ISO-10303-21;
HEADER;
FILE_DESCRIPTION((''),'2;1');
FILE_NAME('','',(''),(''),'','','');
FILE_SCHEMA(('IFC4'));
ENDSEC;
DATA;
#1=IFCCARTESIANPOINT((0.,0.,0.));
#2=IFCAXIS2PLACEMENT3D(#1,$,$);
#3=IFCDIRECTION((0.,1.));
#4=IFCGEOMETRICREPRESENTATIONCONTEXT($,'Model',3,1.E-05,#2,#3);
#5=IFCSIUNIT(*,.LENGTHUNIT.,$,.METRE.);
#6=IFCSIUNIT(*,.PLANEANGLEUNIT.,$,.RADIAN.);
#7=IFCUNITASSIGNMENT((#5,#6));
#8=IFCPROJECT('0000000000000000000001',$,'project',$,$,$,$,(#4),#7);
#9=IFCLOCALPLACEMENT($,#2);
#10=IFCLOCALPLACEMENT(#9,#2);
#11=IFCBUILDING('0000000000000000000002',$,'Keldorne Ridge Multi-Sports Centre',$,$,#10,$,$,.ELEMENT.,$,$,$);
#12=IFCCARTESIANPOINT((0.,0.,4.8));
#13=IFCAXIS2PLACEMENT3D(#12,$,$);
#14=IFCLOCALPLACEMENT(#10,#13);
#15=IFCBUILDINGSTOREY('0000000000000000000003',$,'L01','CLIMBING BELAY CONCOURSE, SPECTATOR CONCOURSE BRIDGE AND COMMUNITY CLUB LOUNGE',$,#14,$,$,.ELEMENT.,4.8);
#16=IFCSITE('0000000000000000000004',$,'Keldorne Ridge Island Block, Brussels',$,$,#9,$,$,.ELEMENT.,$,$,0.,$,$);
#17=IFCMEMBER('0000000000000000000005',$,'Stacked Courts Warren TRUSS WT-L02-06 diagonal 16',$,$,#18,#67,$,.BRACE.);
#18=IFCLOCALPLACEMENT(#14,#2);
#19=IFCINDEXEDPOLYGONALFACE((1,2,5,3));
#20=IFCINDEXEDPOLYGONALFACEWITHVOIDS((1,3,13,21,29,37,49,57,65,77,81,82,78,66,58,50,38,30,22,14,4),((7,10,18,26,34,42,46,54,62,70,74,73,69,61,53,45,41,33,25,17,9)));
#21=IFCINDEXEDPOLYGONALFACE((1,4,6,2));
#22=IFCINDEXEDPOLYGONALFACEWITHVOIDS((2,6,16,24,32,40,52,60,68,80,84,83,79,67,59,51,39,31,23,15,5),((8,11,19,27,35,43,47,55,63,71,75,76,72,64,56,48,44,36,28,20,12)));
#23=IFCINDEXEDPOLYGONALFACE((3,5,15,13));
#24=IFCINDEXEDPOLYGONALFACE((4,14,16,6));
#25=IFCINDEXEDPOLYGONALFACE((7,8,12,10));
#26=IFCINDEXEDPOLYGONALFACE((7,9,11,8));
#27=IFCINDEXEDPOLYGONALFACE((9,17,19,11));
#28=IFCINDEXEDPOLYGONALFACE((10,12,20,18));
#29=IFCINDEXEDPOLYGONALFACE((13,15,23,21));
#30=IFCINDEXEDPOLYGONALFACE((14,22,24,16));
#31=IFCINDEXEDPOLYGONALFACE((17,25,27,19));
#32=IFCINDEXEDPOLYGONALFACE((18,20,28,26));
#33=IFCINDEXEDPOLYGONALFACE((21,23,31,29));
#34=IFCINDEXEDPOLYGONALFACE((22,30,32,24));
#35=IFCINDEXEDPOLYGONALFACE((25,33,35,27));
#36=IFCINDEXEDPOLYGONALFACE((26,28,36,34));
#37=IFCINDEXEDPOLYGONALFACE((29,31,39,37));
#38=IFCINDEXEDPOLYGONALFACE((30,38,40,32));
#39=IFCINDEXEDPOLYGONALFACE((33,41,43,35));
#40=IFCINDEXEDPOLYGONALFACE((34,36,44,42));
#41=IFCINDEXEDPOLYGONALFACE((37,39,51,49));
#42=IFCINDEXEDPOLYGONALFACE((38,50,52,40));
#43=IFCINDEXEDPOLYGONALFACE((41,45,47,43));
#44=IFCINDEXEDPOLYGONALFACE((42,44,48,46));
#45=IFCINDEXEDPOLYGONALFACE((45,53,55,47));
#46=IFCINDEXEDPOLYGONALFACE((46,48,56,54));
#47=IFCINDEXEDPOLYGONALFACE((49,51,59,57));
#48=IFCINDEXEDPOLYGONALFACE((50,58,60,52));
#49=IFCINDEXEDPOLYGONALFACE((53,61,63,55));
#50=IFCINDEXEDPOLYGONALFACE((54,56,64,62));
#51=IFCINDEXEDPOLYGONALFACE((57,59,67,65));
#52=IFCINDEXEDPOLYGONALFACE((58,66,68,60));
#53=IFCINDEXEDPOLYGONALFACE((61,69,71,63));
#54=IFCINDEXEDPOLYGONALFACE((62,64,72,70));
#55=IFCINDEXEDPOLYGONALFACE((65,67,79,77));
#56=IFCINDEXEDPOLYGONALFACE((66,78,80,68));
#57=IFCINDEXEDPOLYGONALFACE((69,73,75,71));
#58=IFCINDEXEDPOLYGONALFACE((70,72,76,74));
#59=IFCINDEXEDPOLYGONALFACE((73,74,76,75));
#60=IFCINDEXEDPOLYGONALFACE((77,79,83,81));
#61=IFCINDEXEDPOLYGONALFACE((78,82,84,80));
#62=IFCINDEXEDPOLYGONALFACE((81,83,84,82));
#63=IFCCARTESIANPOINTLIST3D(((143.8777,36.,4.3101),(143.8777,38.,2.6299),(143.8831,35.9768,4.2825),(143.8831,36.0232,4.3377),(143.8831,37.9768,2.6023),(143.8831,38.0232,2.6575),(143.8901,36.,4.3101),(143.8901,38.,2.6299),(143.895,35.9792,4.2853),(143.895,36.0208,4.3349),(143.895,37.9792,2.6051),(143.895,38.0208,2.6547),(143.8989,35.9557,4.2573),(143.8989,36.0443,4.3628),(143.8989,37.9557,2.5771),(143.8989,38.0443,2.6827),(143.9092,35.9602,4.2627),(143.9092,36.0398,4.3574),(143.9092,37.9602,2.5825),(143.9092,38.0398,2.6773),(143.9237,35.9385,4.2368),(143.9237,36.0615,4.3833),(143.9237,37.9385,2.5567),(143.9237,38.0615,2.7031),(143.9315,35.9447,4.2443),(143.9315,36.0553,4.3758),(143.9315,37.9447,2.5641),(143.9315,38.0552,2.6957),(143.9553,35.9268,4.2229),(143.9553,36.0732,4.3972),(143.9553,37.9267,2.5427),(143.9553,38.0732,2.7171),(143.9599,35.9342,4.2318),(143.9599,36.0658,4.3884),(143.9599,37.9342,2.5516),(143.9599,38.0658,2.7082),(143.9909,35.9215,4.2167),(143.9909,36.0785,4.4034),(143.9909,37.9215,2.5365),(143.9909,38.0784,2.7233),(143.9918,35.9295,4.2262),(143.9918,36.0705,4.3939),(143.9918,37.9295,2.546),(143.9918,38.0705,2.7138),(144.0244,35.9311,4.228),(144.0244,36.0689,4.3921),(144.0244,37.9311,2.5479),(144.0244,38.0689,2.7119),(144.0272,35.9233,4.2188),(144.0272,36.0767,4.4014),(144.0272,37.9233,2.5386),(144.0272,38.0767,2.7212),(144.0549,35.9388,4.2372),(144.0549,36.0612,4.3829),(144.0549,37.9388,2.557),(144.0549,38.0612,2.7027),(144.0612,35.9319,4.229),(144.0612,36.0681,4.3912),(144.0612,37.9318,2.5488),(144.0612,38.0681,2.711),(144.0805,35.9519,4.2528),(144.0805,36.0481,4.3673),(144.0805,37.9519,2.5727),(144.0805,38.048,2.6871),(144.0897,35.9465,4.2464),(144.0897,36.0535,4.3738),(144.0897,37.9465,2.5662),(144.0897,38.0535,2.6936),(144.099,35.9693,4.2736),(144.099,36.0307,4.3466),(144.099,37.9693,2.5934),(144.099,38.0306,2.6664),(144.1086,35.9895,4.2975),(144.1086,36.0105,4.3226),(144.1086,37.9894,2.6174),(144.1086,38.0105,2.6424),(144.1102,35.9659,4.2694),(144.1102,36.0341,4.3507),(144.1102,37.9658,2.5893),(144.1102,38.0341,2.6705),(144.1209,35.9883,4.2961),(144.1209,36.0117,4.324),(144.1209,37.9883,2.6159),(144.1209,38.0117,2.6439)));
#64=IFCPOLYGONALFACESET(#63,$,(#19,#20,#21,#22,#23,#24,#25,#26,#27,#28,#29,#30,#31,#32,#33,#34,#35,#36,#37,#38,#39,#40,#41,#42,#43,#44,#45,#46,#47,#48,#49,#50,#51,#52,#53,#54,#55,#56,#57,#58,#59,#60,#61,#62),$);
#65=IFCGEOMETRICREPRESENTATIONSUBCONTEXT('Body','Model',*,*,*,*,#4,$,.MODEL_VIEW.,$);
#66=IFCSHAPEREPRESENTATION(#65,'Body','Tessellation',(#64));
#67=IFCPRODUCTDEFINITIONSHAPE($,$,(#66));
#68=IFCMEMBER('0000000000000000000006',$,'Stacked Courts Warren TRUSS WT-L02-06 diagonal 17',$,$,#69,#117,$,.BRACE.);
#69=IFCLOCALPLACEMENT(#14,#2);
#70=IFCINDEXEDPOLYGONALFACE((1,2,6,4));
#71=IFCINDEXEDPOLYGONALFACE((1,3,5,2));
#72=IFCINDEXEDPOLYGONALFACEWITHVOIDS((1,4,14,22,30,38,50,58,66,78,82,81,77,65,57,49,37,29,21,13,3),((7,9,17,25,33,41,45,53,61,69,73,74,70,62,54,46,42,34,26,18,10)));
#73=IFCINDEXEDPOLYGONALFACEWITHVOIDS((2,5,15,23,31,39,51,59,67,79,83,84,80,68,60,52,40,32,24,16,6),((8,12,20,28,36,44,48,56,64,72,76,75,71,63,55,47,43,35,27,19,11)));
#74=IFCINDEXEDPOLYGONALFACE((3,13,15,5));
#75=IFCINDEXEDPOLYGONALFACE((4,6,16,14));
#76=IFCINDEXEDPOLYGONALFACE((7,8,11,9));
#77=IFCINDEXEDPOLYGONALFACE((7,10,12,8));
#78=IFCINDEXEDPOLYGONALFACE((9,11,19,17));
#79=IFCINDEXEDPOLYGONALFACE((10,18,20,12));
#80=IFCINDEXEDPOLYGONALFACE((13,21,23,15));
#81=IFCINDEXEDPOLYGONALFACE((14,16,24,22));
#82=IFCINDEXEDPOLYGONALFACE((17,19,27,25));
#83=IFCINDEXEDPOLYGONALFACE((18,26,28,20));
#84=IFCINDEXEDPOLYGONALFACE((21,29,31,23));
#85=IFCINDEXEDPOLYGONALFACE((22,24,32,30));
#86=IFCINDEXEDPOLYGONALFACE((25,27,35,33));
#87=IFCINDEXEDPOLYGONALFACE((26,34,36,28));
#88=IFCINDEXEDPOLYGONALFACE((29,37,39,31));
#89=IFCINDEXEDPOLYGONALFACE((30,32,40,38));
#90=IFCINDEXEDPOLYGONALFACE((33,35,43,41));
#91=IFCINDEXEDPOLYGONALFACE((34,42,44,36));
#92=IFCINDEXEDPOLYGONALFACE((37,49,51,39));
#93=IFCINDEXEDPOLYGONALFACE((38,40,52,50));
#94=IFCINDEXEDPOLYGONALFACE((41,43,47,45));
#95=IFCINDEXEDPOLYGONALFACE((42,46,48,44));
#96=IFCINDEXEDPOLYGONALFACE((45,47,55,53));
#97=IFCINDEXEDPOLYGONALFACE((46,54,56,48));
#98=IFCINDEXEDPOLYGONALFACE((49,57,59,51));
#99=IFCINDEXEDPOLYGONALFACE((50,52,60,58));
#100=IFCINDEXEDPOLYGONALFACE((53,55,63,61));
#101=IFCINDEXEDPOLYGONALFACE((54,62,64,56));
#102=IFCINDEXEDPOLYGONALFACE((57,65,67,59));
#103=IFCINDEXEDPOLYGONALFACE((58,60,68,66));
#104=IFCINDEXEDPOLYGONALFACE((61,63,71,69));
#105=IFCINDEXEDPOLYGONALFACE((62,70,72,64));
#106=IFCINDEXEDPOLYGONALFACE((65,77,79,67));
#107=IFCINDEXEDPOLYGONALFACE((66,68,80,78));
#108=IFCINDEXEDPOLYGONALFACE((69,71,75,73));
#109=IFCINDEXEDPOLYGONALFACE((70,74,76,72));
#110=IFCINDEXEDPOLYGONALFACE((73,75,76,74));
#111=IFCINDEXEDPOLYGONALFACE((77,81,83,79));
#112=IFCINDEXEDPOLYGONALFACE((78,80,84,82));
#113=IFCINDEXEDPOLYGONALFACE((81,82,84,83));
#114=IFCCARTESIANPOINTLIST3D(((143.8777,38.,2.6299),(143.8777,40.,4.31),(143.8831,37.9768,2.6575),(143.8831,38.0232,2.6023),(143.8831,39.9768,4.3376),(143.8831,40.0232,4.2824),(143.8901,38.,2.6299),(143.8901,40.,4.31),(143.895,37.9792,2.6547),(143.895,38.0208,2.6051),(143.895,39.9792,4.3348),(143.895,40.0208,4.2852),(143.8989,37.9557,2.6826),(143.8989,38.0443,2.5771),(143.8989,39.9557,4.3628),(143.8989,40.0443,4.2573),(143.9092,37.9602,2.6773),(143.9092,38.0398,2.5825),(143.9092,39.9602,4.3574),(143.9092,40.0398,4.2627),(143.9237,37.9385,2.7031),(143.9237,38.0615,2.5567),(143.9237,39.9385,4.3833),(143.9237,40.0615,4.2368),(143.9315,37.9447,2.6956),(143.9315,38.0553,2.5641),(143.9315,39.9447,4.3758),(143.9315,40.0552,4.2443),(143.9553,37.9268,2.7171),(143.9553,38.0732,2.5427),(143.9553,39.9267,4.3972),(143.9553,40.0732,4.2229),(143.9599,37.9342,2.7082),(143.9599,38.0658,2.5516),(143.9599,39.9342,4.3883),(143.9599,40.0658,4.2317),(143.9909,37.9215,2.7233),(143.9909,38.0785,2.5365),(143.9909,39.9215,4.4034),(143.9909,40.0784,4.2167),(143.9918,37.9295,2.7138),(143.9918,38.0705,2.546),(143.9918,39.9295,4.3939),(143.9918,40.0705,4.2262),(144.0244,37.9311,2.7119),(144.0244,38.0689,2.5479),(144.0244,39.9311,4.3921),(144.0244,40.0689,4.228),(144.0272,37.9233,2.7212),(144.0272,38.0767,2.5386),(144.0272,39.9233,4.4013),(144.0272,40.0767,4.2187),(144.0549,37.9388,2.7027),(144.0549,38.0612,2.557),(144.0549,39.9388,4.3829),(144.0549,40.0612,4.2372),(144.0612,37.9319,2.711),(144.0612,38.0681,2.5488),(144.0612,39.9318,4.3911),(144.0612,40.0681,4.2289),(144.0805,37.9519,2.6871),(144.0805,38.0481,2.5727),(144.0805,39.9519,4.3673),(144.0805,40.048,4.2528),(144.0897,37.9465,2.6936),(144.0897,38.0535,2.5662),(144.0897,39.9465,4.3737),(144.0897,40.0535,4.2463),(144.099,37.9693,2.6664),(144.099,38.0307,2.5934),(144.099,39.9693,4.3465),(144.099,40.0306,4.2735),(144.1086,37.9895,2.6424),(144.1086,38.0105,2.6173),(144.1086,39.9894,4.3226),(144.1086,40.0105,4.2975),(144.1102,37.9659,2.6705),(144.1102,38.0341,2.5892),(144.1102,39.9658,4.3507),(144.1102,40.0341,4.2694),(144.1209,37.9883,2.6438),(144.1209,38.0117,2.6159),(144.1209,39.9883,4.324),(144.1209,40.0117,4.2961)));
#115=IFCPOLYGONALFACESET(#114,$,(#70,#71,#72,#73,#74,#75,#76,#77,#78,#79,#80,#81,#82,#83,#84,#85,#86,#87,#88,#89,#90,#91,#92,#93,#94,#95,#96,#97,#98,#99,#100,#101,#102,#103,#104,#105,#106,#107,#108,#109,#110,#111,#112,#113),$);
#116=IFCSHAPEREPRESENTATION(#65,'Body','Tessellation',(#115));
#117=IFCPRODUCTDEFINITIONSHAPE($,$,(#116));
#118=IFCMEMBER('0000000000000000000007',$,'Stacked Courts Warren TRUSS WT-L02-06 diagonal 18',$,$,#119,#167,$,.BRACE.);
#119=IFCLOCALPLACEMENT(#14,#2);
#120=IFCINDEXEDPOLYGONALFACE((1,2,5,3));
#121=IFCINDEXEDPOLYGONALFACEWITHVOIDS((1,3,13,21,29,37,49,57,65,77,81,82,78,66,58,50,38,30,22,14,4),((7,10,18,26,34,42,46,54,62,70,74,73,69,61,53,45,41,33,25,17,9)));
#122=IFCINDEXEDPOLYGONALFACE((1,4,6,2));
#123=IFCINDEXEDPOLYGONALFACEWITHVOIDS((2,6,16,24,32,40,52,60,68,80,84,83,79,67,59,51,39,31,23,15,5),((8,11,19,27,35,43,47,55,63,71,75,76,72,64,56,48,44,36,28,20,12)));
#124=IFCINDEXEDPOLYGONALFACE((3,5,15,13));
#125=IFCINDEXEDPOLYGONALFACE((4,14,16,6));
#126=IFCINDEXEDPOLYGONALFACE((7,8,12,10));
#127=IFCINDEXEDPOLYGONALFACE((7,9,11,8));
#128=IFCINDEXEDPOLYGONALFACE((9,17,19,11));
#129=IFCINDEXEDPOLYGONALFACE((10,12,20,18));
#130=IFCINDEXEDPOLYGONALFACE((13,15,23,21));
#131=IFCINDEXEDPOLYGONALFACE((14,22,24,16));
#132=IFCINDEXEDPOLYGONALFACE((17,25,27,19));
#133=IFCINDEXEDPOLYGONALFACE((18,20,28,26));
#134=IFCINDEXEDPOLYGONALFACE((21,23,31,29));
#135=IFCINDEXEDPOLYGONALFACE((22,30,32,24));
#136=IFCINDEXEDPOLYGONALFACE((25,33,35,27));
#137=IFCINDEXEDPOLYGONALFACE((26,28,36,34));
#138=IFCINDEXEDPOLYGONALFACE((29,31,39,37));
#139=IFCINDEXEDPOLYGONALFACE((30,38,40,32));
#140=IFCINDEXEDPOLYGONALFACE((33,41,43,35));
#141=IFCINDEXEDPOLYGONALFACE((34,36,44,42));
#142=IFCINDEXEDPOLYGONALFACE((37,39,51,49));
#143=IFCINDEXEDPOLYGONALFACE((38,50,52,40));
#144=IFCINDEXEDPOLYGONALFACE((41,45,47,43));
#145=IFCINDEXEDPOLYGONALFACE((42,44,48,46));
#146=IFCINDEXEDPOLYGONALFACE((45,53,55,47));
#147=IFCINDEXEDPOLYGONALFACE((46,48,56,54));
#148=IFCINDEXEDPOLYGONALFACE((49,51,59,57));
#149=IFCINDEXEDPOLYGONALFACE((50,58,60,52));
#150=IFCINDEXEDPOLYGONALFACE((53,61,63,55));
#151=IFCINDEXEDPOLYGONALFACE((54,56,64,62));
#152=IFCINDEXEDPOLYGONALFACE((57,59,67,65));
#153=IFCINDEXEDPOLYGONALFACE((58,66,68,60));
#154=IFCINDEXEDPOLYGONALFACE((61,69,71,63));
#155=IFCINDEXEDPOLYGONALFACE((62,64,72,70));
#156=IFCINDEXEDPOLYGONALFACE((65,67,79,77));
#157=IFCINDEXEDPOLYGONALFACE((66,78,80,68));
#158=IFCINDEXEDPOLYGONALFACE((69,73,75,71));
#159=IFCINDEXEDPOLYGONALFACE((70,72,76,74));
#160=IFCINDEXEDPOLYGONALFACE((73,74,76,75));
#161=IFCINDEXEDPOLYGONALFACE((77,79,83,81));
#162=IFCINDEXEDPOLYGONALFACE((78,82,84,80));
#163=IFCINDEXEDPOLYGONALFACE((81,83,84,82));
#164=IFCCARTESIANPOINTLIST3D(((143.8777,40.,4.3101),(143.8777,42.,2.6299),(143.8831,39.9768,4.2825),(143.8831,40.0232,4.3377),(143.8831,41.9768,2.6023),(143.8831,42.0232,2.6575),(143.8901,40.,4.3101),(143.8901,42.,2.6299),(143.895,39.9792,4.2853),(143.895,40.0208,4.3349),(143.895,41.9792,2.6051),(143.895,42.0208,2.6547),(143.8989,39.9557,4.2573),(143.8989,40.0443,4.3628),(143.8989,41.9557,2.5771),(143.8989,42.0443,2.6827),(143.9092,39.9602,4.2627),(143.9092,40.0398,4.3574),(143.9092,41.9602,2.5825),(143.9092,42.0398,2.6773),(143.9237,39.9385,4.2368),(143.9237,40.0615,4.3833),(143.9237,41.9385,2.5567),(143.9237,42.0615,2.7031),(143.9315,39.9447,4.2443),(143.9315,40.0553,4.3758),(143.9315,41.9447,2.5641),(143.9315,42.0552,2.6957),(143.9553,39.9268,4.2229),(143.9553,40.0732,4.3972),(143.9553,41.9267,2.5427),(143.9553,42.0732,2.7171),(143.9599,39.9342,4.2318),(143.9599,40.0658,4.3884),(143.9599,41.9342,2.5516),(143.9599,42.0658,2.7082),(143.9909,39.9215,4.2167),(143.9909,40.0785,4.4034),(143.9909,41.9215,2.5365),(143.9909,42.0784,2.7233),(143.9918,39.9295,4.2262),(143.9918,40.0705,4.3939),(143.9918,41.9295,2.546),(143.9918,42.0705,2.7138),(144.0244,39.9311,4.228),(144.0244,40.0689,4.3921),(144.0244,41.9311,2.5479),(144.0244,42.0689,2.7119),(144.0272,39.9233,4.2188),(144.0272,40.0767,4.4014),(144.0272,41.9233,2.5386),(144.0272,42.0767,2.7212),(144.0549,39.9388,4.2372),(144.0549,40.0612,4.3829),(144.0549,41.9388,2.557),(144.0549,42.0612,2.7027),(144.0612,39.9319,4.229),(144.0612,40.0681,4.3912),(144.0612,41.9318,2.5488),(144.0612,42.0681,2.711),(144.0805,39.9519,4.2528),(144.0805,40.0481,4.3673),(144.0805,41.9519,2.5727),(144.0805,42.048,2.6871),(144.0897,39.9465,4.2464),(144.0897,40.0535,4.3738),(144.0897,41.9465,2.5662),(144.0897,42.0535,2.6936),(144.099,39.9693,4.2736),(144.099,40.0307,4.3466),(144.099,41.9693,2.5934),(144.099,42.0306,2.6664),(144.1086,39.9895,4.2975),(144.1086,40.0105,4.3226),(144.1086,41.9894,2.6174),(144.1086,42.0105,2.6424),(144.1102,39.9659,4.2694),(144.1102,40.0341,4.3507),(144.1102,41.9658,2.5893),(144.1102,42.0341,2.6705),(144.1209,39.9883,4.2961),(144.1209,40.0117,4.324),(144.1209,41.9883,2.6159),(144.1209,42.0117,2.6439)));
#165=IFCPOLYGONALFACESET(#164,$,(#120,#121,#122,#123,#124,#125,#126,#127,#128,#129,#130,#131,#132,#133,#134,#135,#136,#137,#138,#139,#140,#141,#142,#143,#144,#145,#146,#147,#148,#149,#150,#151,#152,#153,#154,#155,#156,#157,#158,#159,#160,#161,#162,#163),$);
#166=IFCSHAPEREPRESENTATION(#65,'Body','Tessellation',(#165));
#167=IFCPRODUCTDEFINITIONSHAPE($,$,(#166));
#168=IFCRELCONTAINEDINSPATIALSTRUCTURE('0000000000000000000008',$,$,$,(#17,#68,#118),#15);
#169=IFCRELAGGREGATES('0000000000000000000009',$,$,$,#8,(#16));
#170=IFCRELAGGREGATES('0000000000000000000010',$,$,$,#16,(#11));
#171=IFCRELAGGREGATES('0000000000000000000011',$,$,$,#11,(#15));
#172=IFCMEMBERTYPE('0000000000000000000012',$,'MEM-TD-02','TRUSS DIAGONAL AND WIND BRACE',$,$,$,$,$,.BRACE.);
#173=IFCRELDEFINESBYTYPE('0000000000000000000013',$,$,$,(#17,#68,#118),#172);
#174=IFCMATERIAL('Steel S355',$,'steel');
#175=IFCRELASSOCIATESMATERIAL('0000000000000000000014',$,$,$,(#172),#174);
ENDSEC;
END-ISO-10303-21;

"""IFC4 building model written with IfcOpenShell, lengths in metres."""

from ifc_helpers import new_model, si_unit, direction, frame, origin, origin_2d, place, context, subcontext, project, spatial, hollow_circle, extrude, material, material_profile, profile_set, type_object, element, save


model = new_model("IFC4")

# Units and contexts
model_context = context("Model", 3, precision=1e-05, world=origin(), true_north=direction((0.0, 1.0)))
body_context = subcontext(model_context, "Body", "Model", "MODEL_VIEW")
ifc_project = project(units=[si_unit("LENGTHUNIT", "METRE"), si_unit("PLANEANGLEUNIT", "RADIAN")], contexts=[model_context])

# Site, building, storey
site_placement = place(None, origin())
site = spatial("IfcSite", under=ifc_project, at=site_placement, Name="Keldorne Ridge Island Block, Brussels", CompositionType="ELEMENT", RefElevation=0.0)
building_placement = place(site_placement, origin())
building = spatial("IfcBuilding", under=site, at=building_placement, Name="Keldorne Ridge Multi-Sports Centre", CompositionType="ELEMENT")
storey_placement = place(building_placement, frame((0.0, 0.0, 4.8)))
storey = spatial("IfcBuildingStorey", under=building, at=storey_placement, Name="L01", Description="CLIMBING BELAY CONCOURSE, SPECTATOR CONCOURSE BRIDGE AND COMMUNITY CLUB LOUNGE", CompositionType="ELEMENT", Elevation=4.8)

# Members
ifc_material = material(Name="Steel S355", Category="steel")
ifc_material_profile_1 = material_profile(ifc_material, hollow_circle(Radius=0.1223, WallThickness=0.0125, at=origin_2d()), Name="CHS 244.5x12.5")
ifc_profile_set_1 = profile_set([ifc_material_profile_1], Name="Steel S355")
member_type_1 = type_object("IfcMemberType", Name="MEM-TD-02", Description="TRUSS DIAGONAL AND WIND BRACE", PredefinedType="BRACE", material=ifc_profile_set_1)
for number, where, z_axis, x_axis, name in (
    (1, (144.0, 36.0, 4.3101), (0.0, 0.765672, -0.643232), (-1.0, 0.0, 0.0), "Stacked Courts Warren TRUSS WT-L02-06 diagonal 16"),
    (2, (144.0, 38.0, 2.6299), (0.0, 0.765672, 0.643232), (-1.0, 0.0, 0.0), "Stacked Courts Warren TRUSS WT-L02-06 diagonal 17"),
    (3, (144.0, 40.0, 4.3101), (0.0, 0.765672, -0.643232), (-1.0, 0.0, 0.0), "Stacked Courts Warren TRUSS WT-L02-06 diagonal 18"),
):
    element("IfcMember", number, at=place(storey_placement, frame(where, z_axis=z_axis, x_axis=x_axis)), inside=storey, type_object=member_type_1, Name=name, PredefinedType="BRACE", context=body_context, shape_type="SweptSolid", body=[
        extrude(hollow_circle(Radius=0.1223, WallThickness=0.0125, at=origin_2d()), origin(), (0.0, 0.0, 1.0), 2.6121),
    ])

save(model, "model.ifc")
